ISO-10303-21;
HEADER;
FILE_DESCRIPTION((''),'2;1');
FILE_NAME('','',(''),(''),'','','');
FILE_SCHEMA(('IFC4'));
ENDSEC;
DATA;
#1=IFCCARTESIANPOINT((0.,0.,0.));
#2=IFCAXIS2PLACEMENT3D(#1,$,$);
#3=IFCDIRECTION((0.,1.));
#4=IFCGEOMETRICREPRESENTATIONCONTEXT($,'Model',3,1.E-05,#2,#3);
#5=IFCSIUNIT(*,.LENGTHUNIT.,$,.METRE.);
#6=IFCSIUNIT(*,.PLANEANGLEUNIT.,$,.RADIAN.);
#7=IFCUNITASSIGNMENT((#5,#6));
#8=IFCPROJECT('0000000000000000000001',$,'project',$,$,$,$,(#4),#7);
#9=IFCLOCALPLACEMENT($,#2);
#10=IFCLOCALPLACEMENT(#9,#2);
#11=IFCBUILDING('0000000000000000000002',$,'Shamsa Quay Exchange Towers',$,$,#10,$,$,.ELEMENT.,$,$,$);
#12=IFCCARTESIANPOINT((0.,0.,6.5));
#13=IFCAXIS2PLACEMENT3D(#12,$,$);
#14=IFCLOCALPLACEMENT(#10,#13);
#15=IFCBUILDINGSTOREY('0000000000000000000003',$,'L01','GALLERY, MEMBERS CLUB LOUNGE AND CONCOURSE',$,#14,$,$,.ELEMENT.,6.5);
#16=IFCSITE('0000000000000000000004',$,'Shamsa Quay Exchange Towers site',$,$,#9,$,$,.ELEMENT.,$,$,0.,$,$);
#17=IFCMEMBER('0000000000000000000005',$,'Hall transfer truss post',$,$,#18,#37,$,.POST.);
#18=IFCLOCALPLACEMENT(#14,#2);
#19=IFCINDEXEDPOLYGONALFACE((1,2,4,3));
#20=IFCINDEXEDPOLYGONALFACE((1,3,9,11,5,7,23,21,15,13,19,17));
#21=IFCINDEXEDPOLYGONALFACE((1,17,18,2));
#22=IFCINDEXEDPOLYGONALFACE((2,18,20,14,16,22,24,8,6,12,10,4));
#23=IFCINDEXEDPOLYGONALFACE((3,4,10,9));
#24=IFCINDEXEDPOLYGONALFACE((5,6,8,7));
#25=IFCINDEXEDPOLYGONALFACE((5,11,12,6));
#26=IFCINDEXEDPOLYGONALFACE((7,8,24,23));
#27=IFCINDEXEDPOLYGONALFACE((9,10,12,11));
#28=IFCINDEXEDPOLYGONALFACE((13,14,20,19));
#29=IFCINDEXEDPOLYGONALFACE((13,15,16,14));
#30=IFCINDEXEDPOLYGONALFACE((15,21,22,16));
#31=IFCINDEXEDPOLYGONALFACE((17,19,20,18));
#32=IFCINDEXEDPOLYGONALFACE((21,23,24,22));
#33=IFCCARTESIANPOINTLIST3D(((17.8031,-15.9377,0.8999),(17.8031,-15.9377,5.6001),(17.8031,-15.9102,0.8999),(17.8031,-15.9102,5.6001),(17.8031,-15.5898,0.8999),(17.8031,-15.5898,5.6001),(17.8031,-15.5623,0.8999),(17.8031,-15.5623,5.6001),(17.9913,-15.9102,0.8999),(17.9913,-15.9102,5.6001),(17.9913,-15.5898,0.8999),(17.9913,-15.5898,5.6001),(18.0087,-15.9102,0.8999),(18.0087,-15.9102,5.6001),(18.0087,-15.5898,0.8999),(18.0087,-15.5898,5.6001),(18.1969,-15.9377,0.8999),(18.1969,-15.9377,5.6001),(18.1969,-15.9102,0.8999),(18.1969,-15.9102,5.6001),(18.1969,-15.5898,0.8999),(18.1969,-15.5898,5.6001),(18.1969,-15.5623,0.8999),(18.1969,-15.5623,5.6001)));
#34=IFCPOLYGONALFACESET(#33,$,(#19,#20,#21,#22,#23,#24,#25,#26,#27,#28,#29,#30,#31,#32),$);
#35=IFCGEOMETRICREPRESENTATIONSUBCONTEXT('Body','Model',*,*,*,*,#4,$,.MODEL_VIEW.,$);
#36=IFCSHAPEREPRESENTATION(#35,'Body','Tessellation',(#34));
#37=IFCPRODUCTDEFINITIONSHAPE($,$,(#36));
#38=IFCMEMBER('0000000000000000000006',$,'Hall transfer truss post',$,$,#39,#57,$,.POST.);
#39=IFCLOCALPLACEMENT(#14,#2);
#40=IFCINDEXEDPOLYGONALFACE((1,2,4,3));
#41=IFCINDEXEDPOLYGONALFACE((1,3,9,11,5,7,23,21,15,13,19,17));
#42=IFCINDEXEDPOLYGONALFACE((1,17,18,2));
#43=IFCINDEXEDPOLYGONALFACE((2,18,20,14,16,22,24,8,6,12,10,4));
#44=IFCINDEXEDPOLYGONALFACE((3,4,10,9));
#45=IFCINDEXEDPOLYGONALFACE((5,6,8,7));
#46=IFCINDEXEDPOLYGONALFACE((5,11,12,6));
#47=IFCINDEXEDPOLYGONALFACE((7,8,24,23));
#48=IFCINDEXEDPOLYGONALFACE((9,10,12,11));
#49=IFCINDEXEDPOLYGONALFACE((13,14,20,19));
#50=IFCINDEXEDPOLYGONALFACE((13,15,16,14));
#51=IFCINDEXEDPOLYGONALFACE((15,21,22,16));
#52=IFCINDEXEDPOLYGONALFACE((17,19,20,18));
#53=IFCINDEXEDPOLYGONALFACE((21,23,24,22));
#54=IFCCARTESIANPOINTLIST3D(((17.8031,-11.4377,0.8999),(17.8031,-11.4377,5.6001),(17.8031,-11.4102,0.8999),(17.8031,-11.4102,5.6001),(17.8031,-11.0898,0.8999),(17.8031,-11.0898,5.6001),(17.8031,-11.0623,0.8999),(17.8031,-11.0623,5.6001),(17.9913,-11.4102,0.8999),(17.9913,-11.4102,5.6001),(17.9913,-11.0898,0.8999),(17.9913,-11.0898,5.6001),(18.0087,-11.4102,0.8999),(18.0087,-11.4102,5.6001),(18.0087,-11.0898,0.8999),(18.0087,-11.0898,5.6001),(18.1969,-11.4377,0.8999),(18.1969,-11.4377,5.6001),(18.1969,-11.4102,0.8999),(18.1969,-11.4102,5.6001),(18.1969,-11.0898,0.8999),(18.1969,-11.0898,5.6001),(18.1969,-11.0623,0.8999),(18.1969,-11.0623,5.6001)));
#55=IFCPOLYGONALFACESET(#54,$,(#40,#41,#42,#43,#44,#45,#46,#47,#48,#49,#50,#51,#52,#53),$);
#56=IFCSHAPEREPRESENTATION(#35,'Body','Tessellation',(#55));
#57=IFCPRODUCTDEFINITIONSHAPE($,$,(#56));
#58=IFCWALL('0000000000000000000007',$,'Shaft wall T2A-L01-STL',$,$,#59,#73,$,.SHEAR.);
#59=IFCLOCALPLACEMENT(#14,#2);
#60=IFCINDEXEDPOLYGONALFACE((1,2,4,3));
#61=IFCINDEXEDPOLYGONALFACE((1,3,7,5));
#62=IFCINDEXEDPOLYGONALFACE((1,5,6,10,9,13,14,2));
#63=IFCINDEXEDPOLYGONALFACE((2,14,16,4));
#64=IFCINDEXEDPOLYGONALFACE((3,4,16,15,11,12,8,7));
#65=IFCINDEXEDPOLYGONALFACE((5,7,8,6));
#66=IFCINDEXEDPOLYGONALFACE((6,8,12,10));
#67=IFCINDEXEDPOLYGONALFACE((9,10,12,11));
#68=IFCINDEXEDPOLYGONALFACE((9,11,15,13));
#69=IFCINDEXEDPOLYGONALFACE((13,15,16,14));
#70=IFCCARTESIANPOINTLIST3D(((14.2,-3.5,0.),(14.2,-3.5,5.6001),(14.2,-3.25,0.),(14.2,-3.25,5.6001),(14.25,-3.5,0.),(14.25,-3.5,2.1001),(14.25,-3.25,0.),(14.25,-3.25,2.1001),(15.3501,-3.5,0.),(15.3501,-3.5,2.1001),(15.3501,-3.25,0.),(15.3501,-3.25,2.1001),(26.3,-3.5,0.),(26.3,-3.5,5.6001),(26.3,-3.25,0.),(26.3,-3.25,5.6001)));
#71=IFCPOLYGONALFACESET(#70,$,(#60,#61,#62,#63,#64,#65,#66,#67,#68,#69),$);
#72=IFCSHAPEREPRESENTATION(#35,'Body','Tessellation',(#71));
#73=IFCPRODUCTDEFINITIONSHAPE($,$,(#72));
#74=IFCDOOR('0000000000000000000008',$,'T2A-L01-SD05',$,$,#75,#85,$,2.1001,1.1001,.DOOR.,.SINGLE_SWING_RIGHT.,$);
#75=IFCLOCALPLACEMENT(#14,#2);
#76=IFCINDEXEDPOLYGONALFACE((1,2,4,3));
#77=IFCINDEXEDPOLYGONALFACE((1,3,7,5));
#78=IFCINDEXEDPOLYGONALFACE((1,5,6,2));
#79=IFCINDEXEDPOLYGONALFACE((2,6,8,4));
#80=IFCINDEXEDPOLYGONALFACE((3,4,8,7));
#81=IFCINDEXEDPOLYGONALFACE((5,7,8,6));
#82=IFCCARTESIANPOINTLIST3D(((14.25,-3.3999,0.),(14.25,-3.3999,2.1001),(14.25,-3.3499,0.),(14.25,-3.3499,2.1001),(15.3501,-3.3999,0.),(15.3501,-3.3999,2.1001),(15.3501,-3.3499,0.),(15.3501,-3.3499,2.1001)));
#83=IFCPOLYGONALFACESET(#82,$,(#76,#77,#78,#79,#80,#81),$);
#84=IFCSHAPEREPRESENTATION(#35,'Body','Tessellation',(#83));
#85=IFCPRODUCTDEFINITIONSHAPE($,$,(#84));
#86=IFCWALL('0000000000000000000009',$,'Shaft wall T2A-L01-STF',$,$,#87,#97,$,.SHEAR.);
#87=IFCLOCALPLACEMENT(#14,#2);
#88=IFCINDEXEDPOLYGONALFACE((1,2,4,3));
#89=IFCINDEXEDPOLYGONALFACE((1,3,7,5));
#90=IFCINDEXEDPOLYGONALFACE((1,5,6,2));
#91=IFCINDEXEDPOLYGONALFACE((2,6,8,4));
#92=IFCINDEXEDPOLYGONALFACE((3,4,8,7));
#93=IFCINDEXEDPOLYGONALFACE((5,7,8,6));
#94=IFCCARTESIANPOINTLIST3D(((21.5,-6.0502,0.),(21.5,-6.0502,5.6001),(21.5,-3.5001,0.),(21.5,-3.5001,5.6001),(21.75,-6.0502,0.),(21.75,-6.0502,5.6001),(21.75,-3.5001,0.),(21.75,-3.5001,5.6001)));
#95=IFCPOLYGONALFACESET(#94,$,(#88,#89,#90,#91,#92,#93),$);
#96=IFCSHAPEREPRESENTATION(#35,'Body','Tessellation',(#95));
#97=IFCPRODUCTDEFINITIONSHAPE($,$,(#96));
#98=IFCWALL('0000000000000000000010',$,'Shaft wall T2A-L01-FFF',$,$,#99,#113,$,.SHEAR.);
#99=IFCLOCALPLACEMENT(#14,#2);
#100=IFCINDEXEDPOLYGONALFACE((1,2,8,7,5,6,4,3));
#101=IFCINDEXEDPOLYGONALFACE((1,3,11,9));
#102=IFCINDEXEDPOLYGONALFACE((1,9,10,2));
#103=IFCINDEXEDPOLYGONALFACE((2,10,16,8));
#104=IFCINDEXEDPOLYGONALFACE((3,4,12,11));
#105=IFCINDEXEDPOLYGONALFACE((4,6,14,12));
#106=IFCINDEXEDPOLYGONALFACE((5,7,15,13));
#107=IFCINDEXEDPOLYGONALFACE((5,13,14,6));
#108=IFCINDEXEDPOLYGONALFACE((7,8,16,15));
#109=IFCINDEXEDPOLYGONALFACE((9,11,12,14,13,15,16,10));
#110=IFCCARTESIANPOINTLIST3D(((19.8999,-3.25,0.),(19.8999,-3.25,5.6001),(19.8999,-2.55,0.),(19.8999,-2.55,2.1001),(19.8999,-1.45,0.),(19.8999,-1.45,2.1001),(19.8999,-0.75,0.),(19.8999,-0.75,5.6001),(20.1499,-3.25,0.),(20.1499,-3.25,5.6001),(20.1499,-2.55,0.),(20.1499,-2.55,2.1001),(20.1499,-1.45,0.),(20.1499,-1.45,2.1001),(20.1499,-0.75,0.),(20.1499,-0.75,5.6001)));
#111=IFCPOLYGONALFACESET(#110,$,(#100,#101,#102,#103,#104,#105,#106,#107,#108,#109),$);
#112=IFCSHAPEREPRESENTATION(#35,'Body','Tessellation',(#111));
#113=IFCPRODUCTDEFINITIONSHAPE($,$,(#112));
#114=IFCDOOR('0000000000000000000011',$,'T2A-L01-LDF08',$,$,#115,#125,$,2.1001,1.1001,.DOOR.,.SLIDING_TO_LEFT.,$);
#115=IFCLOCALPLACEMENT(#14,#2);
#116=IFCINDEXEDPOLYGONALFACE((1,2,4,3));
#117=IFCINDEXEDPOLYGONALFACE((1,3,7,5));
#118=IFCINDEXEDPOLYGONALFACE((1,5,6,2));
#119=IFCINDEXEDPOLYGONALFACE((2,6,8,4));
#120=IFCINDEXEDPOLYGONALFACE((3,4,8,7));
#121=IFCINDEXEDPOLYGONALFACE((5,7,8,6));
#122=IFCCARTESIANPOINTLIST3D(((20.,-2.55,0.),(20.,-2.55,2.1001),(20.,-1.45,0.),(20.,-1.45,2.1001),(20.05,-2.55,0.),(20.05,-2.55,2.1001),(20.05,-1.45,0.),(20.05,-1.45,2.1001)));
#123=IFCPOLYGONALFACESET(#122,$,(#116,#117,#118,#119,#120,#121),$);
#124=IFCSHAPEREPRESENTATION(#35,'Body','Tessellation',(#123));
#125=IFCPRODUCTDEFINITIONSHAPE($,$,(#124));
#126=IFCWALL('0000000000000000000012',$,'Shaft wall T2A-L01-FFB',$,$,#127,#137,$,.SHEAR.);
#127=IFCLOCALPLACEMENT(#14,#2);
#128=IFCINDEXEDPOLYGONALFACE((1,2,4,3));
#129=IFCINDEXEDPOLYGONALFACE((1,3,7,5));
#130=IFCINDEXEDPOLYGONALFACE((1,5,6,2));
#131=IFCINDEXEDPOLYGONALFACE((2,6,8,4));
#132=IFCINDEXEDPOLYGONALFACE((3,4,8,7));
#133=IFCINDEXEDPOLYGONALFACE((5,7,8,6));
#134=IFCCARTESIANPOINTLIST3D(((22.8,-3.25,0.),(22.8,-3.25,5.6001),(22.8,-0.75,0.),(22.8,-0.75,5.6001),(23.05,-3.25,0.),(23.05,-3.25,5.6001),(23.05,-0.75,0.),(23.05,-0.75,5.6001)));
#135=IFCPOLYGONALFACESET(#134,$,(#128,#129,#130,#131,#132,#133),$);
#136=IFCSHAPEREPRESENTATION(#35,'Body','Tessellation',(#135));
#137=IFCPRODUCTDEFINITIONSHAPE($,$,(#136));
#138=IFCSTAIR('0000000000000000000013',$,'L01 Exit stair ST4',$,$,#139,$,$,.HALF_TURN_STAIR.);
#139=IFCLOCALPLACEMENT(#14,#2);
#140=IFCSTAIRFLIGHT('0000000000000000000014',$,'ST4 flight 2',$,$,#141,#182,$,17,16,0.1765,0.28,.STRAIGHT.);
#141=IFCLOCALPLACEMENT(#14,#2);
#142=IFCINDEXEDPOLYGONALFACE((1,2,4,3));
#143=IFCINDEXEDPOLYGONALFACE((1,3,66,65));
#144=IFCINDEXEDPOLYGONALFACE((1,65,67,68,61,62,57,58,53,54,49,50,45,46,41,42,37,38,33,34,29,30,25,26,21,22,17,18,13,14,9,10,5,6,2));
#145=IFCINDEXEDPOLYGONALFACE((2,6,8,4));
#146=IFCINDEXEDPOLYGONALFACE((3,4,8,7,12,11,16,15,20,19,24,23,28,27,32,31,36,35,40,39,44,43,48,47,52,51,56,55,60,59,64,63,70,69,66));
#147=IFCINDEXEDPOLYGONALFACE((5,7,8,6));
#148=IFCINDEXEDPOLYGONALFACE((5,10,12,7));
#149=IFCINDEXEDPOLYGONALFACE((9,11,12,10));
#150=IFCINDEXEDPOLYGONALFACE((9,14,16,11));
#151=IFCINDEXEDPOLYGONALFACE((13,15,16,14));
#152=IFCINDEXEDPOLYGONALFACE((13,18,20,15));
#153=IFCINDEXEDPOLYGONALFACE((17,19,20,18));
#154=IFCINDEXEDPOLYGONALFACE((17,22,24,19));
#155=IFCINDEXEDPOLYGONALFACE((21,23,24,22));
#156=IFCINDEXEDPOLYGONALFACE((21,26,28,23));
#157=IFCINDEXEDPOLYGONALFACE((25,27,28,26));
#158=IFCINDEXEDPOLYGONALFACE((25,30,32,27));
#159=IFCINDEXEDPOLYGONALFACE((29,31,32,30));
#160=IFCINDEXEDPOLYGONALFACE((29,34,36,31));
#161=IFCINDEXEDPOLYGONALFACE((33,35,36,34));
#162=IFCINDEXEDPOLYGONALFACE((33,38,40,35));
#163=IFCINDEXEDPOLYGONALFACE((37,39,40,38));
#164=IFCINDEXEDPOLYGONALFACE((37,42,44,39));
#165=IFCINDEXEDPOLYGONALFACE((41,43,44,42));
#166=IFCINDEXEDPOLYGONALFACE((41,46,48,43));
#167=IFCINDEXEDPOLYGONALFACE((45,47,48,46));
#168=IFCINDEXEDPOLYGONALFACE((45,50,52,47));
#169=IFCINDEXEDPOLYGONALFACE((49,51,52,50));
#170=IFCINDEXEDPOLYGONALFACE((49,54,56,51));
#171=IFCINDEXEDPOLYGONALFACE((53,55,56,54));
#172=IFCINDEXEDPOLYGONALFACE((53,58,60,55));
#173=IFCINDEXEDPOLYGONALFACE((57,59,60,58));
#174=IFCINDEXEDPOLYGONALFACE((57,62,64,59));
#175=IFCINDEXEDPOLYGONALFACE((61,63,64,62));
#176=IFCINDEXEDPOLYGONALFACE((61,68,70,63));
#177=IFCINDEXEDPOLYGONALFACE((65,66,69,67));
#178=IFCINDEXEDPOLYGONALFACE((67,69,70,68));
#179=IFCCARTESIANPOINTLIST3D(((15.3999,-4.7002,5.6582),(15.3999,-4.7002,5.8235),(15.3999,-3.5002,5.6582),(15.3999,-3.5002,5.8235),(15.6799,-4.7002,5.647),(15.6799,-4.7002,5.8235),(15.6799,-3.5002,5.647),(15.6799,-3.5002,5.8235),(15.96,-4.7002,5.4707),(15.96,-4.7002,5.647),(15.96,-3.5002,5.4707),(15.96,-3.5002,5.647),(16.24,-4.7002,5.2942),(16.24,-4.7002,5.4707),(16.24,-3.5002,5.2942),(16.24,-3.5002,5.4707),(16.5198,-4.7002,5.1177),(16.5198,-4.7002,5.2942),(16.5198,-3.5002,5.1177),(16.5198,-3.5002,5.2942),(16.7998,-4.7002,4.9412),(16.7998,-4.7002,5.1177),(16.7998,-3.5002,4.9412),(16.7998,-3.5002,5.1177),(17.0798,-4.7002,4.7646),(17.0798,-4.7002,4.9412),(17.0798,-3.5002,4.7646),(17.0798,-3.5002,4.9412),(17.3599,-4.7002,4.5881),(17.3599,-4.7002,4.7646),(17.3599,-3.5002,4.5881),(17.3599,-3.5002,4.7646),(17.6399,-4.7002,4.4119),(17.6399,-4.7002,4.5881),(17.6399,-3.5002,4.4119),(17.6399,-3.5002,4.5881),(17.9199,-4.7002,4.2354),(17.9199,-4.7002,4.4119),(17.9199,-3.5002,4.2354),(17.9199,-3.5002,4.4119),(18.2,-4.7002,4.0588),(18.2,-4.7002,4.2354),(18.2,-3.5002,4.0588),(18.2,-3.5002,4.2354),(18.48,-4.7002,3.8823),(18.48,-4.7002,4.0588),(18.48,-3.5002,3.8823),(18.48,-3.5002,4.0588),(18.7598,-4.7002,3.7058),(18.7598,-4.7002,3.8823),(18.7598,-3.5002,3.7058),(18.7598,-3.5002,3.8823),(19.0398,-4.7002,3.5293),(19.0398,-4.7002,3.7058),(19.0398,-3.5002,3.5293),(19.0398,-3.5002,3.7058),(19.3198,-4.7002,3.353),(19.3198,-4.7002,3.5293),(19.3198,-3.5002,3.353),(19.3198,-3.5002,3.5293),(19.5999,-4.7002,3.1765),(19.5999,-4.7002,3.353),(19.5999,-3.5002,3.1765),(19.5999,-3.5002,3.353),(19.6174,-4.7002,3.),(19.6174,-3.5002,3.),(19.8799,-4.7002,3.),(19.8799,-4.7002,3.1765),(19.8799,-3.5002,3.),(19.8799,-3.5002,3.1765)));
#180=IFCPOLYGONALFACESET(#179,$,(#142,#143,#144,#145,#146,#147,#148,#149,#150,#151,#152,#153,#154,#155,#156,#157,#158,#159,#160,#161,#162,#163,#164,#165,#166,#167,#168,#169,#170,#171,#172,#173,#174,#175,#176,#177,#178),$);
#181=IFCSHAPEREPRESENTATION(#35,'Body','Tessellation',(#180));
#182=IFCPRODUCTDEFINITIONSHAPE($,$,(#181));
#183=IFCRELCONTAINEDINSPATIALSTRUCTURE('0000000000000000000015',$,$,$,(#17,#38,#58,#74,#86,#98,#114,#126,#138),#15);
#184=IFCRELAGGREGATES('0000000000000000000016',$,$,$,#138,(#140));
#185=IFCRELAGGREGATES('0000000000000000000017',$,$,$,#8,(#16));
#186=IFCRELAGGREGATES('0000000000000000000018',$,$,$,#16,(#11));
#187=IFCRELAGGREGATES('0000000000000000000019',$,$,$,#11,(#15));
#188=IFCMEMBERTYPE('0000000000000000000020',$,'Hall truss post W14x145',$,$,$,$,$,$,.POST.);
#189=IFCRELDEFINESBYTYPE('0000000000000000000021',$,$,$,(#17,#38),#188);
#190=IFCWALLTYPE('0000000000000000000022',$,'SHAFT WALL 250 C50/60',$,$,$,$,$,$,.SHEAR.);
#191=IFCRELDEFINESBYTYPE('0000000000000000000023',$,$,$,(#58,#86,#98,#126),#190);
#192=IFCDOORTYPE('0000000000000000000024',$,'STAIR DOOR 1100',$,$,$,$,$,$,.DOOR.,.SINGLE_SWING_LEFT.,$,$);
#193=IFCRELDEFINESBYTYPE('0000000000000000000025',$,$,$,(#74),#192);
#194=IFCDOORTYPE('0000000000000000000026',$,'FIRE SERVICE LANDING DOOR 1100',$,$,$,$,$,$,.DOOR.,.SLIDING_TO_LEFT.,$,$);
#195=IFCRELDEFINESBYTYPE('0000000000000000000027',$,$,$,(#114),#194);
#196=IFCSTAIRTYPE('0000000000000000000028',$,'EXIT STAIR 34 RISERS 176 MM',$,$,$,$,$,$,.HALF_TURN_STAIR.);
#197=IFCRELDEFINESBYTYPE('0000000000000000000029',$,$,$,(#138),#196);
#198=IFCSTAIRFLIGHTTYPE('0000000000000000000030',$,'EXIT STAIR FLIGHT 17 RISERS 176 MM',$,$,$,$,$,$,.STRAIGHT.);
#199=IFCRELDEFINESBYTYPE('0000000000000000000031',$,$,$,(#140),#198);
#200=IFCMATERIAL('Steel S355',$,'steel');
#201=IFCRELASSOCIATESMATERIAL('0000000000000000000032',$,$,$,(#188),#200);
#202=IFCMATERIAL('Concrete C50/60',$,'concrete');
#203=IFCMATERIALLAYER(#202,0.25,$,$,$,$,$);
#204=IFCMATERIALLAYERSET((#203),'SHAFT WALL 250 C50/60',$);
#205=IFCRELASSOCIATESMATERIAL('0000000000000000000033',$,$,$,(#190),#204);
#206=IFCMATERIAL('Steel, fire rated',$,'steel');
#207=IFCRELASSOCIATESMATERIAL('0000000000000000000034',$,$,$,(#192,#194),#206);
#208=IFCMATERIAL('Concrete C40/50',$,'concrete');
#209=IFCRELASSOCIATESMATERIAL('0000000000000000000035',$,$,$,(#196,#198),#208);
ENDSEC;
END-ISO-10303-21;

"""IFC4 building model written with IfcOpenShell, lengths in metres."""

from ifc_helpers import new_model, si_unit, direction, frame, frame_2d, origin, origin_2d, place, context, subcontext, project, spatial, polyline, rectangle, i_section, outline, extrude, material, layer, layer_set, material_profile, profile_set, type_object, element, fill, aggregate, save


model = new_model("IFC4")

# Units and contexts
model_context = context("Model", 3, precision=1e-05, world=origin(), true_north=direction((0.0, 1.0)))
body_context = subcontext(model_context, "Body", "Model", "MODEL_VIEW")
ifc_project = project(units=[si_unit("LENGTHUNIT", "METRE"), si_unit("PLANEANGLEUNIT", "RADIAN")], contexts=[model_context])

# Site, building, storey
site_placement = place(None, origin())
site = spatial("IfcSite", under=ifc_project, at=site_placement, Name="Shamsa Quay Exchange Towers site", CompositionType="ELEMENT", RefElevation=0.0)
building_placement = place(site_placement, origin())
building = spatial("IfcBuilding", under=site, at=building_placement, Name="Shamsa Quay Exchange Towers", CompositionType="ELEMENT")
storey_placement = place(building_placement, frame((0.0, 0.0, 6.5)))
storey = spatial("IfcBuildingStorey", under=building, at=storey_placement, Name="L01", Description="GALLERY, MEMBERS CLUB LOUNGE AND CONCOURSE", CompositionType="ELEMENT", Elevation=6.5)

# Members
ifc_material_1 = material(Name="Steel S355", Category="steel")
ifc_material_profile_1 = material_profile(ifc_material_1, i_section(OverallWidth=0.3938, OverallDepth=0.3755, WebThickness=0.0173, FlangeThickness=0.0276, at=origin_2d()), Name="W14x145")
ifc_profile_set_1 = profile_set([ifc_material_profile_1], Name="Steel S355")
member_type_1 = type_object("IfcMemberType", Name="Hall truss post W14x145", PredefinedType="POST", material=ifc_profile_set_1)
for number, where, z_axis, x_axis, name in (
    (1, (18.0, -15.75, 0.8999), (0.0, 0.0, 1.0), (-1.0, 0.0, 0.0), "Hall transfer truss post"),
    (2, (18.0, -11.25, 0.8999), (0.0, 0.0, 1.0), (-1.0, 0.0, 0.0), "Hall transfer truss post"),
):
    element("IfcMember", number, at=place(storey_placement, frame(where, z_axis=z_axis, x_axis=x_axis)), inside=storey, type_object=member_type_1, Name=name, PredefinedType="POST", context=body_context, shape_type="SweptSolid", body=[
        extrude(i_section(OverallWidth=0.3938, OverallDepth=0.3755, WebThickness=0.0173, FlangeThickness=0.0276, at=origin_2d()), origin(), (0.0, 0.0, 1.0), 4.7002),
    ])

# Wall, opening, door
ifc_material_2 = material(Name="Concrete C50/60", Category="concrete")
ifc_layer_1 = layer(ifc_material_2, 0.25)
ifc_layer_set_1 = layer_set([ifc_layer_1], Name="SHAFT WALL 250 C50/60")
wall_type = type_object("IfcWallType", Name="SHAFT WALL 250 C50/60", PredefinedType="SHEAR", material=ifc_layer_set_1)
wall_1_placement = place(storey_placement, frame((26.3, -3.375, 0.0), z_axis=(0.0, 0.0, 1.0), x_axis=(-1.0, 0.0, 0.0)))
wall_1 = element("IfcWall", 3, at=wall_1_placement, inside=storey, type_object=wall_type, Name="Shaft wall T2A-L01-STL", PredefinedType="SHEAR", context=body_context, shape_type="SweptSolid", body=[
    extrude(rectangle(XDim=12.1001, YDim=0.25, at=frame_2d((6.05, 0.0))), origin(), (0.0, 0.0, 1.0), 5.6001),
])
opening_1_placement = place(wall_1_placement, frame((10.95, 0.0, 0.0)))
opening_1 = element("IfcOpeningElement", 4, at=opening_1_placement, cuts=wall_1, PredefinedType="OPENING", context=body_context, shape_type="SweptSolid", body=[
    extrude(rectangle(XDim=1.1001, YDim=2.1001, at=frame_2d((0.55, 1.05))), frame((0.0, 0.135, 0.0), z_axis=(0.0, -1.0, 0.0), x_axis=(1.0, 0.0, 0.0)), (0.0, 0.0, 1.0), 0.27),
])
ifc_material_3 = material(Name="Steel, fire rated", Category="steel")
door_type_1 = type_object("IfcDoorType", Name="STAIR DOOR 1100", OperationType="SINGLE_SWING_LEFT", PredefinedType="DOOR", material=ifc_material_3)
door_1_placement = place(opening_1_placement, origin())
door_1 = element("IfcDoor", 5, at=door_1_placement, inside=storey, type_object=door_type_1, Name="T2A-L01-SD05", OperationType="SINGLE_SWING_RIGHT", OverallHeight=2.1001, OverallWidth=1.1001, PredefinedType="DOOR", context=body_context, shape_type="SweptSolid", body=[
    extrude(rectangle(XDim=1.1001, YDim=2.1001, at=frame_2d((0.55, 1.05))), frame((0.0, 0.0249, 0.0), z_axis=(0.0, -1.0, 0.0), x_axis=(1.0, 0.0, 0.0)), (0.0, 0.0, 1.0), 0.05),
])
fill(opening_1, door_1)

# Wall
wall_2_placement = place(storey_placement, frame((21.625, -6.05, 0.0), z_axis=(0.0, 0.0, 1.0), x_axis=(0.0, 1.0, 0.0)))
element("IfcWall", 6, at=wall_2_placement, inside=storey, type_object=wall_type, Name="Shaft wall T2A-L01-STF", PredefinedType="SHEAR", context=body_context, shape_type="SweptSolid", body=[
    extrude(rectangle(XDim=2.55, YDim=0.25, at=frame_2d((1.2749, 0.0))), origin(), (0.0, 0.0, 1.0), 5.6001),
])

# Wall, opening, door
wall_3_placement = place(storey_placement, frame((20.0249, -3.25, 0.0), z_axis=(0.0, 0.0, 1.0), x_axis=(0.0, 1.0, 0.0)))
wall_3 = element("IfcWall", 7, at=wall_3_placement, inside=storey, type_object=wall_type, Name="Shaft wall T2A-L01-FFF", PredefinedType="SHEAR", context=body_context, shape_type="SweptSolid", body=[
    extrude(rectangle(XDim=2.5, YDim=0.25, at=frame_2d((1.25, 0.0))), origin(), (0.0, 0.0, 1.0), 5.6001),
])
opening_2_placement = place(wall_3_placement, frame((0.7, 0.0, 0.0)))
opening_2 = element("IfcOpeningElement", 8, at=opening_2_placement, cuts=wall_3, PredefinedType="OPENING", context=body_context, shape_type="SweptSolid", body=[
    extrude(rectangle(XDim=1.1001, YDim=2.1001, at=frame_2d((0.55, 1.05))), frame((0.0, 0.135, 0.0), z_axis=(0.0, -1.0, 0.0), x_axis=(1.0, 0.0, 0.0)), (0.0, 0.0, 1.0), 0.27),
])
door_type_2 = type_object("IfcDoorType", Name="FIRE SERVICE LANDING DOOR 1100", OperationType="SLIDING_TO_LEFT", PredefinedType="DOOR", material=ifc_material_3)
door_2_placement = place(opening_2_placement, origin())
door_2 = element("IfcDoor", 9, at=door_2_placement, inside=storey, type_object=door_type_2, Name="T2A-L01-LDF08", OperationType="SLIDING_TO_LEFT", OverallHeight=2.1001, OverallWidth=1.1001, PredefinedType="DOOR", context=body_context, shape_type="SweptSolid", body=[
    extrude(rectangle(XDim=1.1001, YDim=2.1001, at=frame_2d((0.55, 1.05))), frame((0.0, 0.0249, 0.0), z_axis=(0.0, -1.0, 0.0), x_axis=(1.0, 0.0, 0.0)), (0.0, 0.0, 1.0), 0.05),
])
fill(opening_2, door_2)

# Wall
wall_4_placement = place(storey_placement, frame((22.925, -3.25, 0.0), z_axis=(0.0, 0.0, 1.0), x_axis=(0.0, 1.0, 0.0)))
element("IfcWall", 10, at=wall_4_placement, inside=storey, type_object=wall_type, Name="Shaft wall T2A-L01-FFB", PredefinedType="SHEAR", context=body_context, shape_type="SweptSolid", body=[
    extrude(rectangle(XDim=2.5, YDim=0.25, at=frame_2d((1.25, 0.0))), origin(), (0.0, 0.0, 1.0), 5.6001),
])

# Stair, stair flight
ifc_material_4 = material(Name="Concrete C40/50", Category="concrete")
stair_type = type_object("IfcStairType", Name="EXIT STAIR 34 RISERS 176 MM", PredefinedType="HALF_TURN_STAIR", material=ifc_material_4)
stair_placement = place(storey_placement, origin())
stair = element("IfcStair", 11, at=stair_placement, inside=storey, type_object=stair_type, Name="L01 Exit stair ST4", PredefinedType="HALF_TURN_STAIR")
stair_flight_type = type_object("IfcStairFlightType", Name="EXIT STAIR FLIGHT 17 RISERS 176 MM", PredefinedType="STRAIGHT", material=ifc_material_4)
stair_flight_placement = place(storey_placement, frame((19.8799, -4.1001, 3.0), z_axis=(0.0, 0.0, 1.0), x_axis=(-1.0, 0.0, 0.0)))
stair_flight = element("IfcStairFlight", 12, at=stair_flight_placement, type_object=stair_flight_type, Name="ST4 flight 2", NumberOfRisers=17, NumberOfTreads=16, PredefinedType="STRAIGHT", RiserHeight=0.1765, TreadLength=0.28, context=body_context, shape_type="SweptSolid", body=[
    extrude(outline(polyline([(0.0, 0.0), (0.0, 0.1765), (0.28, 0.1765), (0.28, 0.353), (0.5601, 0.353), (0.5601, 0.5293), (0.8401, 0.5293), (0.8401, 0.7058), (1.1201, 0.7058), (1.1201, 0.8823), (1.3999, 0.8823), (1.3999, 1.0588), (1.6799, 1.0588), (1.6799, 1.2354), (1.96, 1.2354), (1.96, 1.4119), (2.24, 1.4119), (2.24, 1.5881), (2.52, 1.5881), (2.52, 1.7646), (2.8, 1.7646), (2.8, 1.9412), (3.0801, 1.9412), (3.0801, 2.1177), (3.3601, 2.1177), (3.3601, 2.2942), (3.6399, 2.2942), (3.6399, 2.4707), (3.9199, 2.4707), (3.9199, 2.647), (4.2, 2.647), (4.2, 2.8235), (4.48, 2.8235), (4.48, 3.0), (4.48, 2.6582), (0.2625, 0.0), (0.0, 0.0)])), frame((0.0, 0.6001, 0.0), z_axis=(0.0, -1.0, 0.0), x_axis=(1.0, 0.0, 0.0)), (0.0, 0.0, 1.0), 1.2),
])
aggregate(stair, [stair_flight])

save(model, "model.ifc")
